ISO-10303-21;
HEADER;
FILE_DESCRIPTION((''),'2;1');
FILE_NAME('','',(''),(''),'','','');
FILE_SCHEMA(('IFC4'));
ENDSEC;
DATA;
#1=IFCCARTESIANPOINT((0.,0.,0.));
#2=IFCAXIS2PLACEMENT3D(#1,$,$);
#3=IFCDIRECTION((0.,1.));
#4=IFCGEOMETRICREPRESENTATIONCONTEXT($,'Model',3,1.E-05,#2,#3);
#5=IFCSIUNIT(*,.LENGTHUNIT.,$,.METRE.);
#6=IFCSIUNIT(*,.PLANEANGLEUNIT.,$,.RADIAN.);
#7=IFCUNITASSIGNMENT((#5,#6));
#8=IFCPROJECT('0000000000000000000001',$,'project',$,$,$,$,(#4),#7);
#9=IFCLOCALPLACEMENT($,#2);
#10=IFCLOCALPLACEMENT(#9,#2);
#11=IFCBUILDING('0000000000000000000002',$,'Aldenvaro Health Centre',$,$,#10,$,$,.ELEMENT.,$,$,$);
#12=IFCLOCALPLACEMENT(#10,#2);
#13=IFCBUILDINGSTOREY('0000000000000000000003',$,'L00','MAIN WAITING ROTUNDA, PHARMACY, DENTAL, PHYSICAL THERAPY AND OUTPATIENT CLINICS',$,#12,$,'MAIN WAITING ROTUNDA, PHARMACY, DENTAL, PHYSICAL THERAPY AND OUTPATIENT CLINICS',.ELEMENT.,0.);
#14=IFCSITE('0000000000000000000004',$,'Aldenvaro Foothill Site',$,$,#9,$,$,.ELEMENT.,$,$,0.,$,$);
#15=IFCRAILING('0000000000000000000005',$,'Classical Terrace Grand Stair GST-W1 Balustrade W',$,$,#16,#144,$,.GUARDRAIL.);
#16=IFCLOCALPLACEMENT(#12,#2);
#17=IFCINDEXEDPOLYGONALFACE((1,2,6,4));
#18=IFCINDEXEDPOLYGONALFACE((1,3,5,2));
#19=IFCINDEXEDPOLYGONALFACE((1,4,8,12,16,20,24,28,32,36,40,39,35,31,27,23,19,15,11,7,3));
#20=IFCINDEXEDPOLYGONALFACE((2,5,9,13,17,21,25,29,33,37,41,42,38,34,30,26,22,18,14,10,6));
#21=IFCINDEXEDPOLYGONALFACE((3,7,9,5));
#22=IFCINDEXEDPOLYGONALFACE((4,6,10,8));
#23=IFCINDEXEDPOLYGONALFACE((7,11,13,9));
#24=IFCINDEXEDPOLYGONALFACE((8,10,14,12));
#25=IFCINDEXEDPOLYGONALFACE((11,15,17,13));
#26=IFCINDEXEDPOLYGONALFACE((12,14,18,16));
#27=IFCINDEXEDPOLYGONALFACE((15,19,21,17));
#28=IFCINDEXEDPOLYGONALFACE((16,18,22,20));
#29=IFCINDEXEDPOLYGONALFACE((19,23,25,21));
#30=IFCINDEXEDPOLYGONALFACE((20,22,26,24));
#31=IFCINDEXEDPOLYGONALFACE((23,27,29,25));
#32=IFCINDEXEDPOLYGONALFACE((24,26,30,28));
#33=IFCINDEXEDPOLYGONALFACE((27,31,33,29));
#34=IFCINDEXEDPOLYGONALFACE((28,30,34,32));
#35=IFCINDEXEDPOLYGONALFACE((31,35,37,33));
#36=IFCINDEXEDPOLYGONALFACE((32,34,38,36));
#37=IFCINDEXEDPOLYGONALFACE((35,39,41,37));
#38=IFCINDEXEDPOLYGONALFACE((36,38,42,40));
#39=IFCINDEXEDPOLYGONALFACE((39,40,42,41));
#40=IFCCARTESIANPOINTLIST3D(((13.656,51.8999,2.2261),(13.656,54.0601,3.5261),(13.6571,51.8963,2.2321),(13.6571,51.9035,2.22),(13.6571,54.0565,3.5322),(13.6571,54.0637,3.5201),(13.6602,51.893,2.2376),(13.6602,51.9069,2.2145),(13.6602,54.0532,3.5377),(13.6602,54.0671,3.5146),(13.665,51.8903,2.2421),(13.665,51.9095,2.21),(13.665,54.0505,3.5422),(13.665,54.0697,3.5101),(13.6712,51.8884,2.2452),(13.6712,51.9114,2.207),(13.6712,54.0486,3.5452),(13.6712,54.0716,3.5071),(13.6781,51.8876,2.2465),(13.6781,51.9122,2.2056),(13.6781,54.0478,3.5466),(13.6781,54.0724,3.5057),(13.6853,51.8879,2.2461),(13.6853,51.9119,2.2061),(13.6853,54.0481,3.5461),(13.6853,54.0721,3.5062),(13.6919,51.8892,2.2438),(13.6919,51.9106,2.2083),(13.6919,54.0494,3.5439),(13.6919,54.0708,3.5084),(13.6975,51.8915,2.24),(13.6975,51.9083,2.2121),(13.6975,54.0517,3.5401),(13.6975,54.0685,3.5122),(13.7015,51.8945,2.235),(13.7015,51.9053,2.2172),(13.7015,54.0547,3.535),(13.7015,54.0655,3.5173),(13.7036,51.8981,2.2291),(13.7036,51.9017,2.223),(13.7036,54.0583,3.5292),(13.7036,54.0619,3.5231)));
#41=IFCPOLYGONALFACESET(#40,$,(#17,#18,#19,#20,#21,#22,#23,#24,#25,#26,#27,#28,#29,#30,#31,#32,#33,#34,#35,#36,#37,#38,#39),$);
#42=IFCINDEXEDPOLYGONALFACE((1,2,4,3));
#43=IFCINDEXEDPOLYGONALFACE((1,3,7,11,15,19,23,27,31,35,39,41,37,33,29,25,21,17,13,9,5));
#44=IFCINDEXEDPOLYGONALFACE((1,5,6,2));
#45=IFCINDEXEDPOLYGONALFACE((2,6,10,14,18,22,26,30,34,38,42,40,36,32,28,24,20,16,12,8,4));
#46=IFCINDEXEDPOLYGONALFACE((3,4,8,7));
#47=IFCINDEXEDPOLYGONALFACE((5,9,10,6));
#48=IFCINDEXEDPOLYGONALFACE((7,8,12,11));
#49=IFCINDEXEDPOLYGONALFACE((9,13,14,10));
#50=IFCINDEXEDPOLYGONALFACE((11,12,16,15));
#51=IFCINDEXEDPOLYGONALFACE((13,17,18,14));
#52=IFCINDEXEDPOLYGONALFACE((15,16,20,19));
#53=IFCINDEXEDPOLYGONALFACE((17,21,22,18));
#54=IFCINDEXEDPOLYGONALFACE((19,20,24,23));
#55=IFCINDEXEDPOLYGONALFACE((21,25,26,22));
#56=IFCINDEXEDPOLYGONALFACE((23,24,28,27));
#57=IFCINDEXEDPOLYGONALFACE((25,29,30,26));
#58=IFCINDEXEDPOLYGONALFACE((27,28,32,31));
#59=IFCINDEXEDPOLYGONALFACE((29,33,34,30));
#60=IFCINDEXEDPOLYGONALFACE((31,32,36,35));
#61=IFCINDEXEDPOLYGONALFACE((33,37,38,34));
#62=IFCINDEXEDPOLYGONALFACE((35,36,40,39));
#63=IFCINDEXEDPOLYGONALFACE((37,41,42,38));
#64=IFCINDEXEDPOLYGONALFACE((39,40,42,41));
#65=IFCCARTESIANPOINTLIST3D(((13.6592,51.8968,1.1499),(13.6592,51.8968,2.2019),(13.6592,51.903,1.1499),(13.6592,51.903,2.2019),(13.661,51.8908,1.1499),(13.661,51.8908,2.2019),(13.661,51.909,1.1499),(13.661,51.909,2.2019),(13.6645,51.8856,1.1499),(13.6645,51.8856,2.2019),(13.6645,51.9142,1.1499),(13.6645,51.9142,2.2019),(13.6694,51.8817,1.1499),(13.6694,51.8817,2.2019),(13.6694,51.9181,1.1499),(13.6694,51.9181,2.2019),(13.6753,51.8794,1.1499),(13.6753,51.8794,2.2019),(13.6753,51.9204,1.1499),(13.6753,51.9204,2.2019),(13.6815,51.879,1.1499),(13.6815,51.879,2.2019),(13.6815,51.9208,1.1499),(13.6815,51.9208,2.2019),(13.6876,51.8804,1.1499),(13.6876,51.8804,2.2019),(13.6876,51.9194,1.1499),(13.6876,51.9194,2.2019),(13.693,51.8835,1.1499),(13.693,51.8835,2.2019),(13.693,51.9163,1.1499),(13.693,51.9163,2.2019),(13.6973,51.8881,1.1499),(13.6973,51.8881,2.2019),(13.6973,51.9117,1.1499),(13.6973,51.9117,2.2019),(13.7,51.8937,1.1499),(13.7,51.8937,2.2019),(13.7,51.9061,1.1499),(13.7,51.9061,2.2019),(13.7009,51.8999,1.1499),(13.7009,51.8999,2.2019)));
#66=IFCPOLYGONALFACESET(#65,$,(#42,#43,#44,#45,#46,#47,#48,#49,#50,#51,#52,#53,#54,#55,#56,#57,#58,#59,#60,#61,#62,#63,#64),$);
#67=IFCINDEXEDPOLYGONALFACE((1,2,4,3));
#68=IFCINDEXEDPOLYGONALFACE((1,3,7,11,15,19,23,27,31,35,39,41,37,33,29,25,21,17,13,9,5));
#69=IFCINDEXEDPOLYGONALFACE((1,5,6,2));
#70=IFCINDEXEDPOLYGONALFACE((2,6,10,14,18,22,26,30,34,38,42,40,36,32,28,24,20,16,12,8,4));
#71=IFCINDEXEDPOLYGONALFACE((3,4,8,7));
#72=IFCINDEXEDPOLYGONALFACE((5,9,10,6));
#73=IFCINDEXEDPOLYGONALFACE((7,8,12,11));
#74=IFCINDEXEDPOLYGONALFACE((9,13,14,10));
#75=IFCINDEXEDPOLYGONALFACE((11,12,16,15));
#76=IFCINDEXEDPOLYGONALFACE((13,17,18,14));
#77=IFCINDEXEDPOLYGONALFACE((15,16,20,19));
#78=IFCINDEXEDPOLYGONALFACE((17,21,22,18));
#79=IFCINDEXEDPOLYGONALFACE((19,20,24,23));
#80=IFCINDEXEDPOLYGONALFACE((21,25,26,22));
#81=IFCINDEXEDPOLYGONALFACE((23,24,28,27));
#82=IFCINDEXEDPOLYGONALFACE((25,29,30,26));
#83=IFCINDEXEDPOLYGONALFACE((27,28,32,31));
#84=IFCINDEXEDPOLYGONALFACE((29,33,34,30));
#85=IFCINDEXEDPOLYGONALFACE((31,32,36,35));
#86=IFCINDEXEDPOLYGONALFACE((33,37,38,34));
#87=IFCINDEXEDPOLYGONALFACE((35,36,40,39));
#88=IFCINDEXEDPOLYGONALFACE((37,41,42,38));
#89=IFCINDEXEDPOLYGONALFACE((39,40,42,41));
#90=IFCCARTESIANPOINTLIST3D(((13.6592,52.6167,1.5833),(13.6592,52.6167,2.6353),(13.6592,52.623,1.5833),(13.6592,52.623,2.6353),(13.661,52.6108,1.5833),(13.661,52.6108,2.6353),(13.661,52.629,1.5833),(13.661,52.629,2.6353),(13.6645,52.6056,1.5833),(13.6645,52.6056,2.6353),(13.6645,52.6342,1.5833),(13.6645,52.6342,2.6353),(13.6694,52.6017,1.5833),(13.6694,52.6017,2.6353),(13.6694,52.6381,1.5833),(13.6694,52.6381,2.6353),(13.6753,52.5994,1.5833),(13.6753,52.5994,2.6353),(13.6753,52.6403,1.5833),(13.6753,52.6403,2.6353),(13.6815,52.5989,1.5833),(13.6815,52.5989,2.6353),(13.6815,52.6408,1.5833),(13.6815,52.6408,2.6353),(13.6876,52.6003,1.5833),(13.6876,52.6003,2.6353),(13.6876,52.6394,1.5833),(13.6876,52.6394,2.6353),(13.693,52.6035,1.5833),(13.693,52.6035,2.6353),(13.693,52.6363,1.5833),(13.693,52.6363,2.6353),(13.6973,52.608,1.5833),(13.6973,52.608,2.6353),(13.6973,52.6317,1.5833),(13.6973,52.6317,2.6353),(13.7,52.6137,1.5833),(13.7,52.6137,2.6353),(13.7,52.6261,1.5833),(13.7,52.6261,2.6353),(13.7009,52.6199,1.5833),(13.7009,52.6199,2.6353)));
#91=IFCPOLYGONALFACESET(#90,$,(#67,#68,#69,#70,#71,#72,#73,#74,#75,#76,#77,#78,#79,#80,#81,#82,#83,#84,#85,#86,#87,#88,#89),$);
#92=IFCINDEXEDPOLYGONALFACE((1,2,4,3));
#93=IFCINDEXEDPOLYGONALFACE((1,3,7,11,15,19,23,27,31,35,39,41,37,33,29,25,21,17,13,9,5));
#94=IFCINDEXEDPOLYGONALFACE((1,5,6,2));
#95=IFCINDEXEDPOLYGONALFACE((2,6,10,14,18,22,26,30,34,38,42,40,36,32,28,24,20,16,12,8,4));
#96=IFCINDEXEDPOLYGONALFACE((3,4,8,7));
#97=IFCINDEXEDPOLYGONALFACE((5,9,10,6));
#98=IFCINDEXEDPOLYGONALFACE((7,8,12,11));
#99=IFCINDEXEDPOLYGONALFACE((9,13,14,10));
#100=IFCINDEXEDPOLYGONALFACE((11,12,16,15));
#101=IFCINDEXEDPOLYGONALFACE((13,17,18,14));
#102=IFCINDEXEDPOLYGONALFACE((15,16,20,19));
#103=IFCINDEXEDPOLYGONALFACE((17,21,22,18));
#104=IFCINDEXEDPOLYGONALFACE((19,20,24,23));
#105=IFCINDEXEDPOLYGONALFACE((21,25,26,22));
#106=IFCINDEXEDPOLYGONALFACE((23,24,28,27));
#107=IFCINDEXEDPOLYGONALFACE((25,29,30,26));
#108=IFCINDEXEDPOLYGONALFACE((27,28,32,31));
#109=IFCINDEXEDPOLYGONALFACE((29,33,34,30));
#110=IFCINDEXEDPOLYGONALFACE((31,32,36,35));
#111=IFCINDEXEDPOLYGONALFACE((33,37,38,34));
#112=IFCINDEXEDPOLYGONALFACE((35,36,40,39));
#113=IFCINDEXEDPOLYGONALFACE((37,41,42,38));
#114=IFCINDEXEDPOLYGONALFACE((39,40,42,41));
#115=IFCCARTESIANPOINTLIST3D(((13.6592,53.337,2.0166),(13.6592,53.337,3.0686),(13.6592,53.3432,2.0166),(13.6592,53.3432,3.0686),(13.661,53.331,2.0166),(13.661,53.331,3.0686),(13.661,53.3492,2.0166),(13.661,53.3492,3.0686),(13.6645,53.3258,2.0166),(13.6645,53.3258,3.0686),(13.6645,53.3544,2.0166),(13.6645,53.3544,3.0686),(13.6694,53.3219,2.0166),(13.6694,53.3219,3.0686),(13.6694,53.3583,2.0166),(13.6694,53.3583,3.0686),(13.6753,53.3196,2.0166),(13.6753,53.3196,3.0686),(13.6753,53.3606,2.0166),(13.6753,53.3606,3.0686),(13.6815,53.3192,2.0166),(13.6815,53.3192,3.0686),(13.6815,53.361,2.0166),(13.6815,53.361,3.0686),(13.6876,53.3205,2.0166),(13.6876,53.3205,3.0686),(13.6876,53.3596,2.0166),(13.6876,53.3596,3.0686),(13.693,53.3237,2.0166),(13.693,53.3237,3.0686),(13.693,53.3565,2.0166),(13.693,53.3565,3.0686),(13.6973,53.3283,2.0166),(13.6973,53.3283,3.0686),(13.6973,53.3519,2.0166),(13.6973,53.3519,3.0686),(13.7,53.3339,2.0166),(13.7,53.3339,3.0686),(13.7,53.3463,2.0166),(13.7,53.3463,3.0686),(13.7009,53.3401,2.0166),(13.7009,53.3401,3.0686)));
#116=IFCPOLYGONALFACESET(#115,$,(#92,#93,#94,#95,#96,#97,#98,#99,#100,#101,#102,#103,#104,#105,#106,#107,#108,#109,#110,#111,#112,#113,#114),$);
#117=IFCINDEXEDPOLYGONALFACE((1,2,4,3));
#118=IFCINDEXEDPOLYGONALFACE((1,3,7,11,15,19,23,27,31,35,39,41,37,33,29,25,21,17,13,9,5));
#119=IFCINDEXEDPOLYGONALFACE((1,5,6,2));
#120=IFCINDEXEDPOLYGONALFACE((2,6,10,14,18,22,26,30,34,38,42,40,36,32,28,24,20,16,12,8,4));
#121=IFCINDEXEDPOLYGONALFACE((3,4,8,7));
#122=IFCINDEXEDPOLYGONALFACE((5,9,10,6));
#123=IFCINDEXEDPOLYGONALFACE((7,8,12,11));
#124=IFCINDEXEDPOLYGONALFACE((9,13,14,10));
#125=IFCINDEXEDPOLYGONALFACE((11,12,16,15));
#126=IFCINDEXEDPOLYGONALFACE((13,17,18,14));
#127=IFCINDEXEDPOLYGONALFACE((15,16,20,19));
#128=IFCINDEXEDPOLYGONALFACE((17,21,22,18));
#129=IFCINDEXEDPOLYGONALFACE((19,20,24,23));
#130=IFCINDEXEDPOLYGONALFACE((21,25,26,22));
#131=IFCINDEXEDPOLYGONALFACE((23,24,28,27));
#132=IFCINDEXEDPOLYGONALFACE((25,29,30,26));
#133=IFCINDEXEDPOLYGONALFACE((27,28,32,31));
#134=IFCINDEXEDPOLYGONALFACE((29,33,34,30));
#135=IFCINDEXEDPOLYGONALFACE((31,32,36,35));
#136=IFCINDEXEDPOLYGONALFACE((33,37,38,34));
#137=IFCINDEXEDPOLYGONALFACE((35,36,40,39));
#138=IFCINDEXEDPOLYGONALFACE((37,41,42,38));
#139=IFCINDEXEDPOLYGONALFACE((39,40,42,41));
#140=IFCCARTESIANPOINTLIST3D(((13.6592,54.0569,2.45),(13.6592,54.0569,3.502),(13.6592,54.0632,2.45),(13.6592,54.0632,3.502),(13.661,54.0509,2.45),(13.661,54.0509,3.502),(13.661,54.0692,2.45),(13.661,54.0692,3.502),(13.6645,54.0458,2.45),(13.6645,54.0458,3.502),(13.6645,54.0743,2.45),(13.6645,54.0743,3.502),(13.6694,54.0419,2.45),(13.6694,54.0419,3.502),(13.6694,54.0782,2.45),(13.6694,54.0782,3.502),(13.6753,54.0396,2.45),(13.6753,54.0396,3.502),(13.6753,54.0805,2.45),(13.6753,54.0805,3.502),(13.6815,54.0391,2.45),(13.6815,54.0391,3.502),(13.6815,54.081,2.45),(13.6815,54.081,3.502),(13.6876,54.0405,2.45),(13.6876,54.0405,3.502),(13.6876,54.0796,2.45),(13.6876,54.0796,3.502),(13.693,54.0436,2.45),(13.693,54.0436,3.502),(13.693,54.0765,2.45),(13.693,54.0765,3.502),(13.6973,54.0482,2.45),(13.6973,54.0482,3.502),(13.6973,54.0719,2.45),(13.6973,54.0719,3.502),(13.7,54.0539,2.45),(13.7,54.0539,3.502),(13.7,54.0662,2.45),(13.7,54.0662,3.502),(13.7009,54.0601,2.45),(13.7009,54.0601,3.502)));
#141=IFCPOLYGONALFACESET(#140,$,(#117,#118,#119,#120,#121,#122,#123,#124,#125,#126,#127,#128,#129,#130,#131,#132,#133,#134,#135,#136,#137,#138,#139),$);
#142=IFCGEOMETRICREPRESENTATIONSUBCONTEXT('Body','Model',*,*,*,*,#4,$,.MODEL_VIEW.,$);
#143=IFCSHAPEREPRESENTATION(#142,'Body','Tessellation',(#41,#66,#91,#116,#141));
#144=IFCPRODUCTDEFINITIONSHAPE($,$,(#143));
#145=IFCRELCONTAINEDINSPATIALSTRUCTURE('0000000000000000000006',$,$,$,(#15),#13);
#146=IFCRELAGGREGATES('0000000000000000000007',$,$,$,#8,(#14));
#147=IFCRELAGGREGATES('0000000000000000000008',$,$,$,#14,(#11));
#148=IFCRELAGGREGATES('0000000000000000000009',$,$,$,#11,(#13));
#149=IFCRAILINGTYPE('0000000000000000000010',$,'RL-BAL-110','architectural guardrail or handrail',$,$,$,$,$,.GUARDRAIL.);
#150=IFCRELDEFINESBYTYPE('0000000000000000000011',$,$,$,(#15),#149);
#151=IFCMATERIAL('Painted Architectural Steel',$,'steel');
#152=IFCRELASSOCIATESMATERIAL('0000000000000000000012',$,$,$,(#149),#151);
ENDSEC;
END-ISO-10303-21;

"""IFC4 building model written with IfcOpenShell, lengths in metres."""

from ifc_helpers import new_model, si_unit, direction, frame, origin, origin_2d, place, context, subcontext, project, spatial, circle, extrude, material, type_object, element, save


model = new_model("IFC4")

# Units and contexts
model_context = context("Model", 3, precision=1e-05, world=origin(), true_north=direction((0.0, 1.0)))
body_context = subcontext(model_context, "Body", "Model", "MODEL_VIEW")
ifc_project = project(units=[si_unit("LENGTHUNIT", "METRE"), si_unit("PLANEANGLEUNIT", "RADIAN")], contexts=[model_context])

# Site, building, storey
site_placement = place(None, origin())
site = spatial("IfcSite", under=ifc_project, at=site_placement, Name="Aldenvaro Foothill Site", CompositionType="ELEMENT", RefElevation=0.0)
building_placement = place(site_placement, origin())
building = spatial("IfcBuilding", under=site, at=building_placement, Name="Aldenvaro Health Centre", CompositionType="ELEMENT")
storey_placement = place(building_placement, origin())
storey = spatial("IfcBuildingStorey", under=building, at=storey_placement, Name="L00", Description="MAIN WAITING ROTUNDA, PHARMACY, DENTAL, PHYSICAL THERAPY AND OUTPATIENT CLINICS", LongName="MAIN WAITING ROTUNDA, PHARMACY, DENTAL, PHYSICAL THERAPY AND OUTPATIENT CLINICS", CompositionType="ELEMENT", Elevation=0.0)

# Railing
ifc_material_1 = material(Name="Painted Architectural Steel", Category="steel")
railing_type_1 = type_object("IfcRailingType", Name="RL-BAL-110", Description="architectural guardrail or handrail", PredefinedType="GUARDRAIL", material=ifc_material_1)
for number, where, name in (
    (1, (13.6799, 51.8999, 1.1499), "Classical Terrace Grand Stair GST-W1 Balustrade W"),
):
    element("IfcRailing", number, at=place(storey_placement, frame(where)), inside=storey, type_object=railing_type_1, Name=name, PredefinedType="GUARDRAIL", context=body_context, shape_type="SweptSolid", body=[
        extrude(circle(Radius=0.0239, at=origin_2d()), frame((0.0, 0.0, 1.0762), z_axis=(0.0, 0.8568, 0.515649), x_axis=(-1.0, 0.0, 0.0)), (0.0, 0.0, 1.0), 2.5212),
        extrude(circle(Radius=0.021, at=origin_2d()), origin(), (0.0, 0.0, 1.0), 1.052),
        extrude(circle(Radius=0.021, at=origin_2d()), frame((0.0, 0.72, 0.4333)), (0.0, 0.0, 1.0), 1.052),
        extrude(circle(Radius=0.021, at=origin_2d()), frame((0.0, 1.4402, 0.8667)), (0.0, 0.0, 1.0), 1.052),
        extrude(circle(Radius=0.021, at=origin_2d()), frame((0.0, 2.1602, 1.3)), (0.0, 0.0, 1.0), 1.052),
    ])

save(model, "model.ifc")
